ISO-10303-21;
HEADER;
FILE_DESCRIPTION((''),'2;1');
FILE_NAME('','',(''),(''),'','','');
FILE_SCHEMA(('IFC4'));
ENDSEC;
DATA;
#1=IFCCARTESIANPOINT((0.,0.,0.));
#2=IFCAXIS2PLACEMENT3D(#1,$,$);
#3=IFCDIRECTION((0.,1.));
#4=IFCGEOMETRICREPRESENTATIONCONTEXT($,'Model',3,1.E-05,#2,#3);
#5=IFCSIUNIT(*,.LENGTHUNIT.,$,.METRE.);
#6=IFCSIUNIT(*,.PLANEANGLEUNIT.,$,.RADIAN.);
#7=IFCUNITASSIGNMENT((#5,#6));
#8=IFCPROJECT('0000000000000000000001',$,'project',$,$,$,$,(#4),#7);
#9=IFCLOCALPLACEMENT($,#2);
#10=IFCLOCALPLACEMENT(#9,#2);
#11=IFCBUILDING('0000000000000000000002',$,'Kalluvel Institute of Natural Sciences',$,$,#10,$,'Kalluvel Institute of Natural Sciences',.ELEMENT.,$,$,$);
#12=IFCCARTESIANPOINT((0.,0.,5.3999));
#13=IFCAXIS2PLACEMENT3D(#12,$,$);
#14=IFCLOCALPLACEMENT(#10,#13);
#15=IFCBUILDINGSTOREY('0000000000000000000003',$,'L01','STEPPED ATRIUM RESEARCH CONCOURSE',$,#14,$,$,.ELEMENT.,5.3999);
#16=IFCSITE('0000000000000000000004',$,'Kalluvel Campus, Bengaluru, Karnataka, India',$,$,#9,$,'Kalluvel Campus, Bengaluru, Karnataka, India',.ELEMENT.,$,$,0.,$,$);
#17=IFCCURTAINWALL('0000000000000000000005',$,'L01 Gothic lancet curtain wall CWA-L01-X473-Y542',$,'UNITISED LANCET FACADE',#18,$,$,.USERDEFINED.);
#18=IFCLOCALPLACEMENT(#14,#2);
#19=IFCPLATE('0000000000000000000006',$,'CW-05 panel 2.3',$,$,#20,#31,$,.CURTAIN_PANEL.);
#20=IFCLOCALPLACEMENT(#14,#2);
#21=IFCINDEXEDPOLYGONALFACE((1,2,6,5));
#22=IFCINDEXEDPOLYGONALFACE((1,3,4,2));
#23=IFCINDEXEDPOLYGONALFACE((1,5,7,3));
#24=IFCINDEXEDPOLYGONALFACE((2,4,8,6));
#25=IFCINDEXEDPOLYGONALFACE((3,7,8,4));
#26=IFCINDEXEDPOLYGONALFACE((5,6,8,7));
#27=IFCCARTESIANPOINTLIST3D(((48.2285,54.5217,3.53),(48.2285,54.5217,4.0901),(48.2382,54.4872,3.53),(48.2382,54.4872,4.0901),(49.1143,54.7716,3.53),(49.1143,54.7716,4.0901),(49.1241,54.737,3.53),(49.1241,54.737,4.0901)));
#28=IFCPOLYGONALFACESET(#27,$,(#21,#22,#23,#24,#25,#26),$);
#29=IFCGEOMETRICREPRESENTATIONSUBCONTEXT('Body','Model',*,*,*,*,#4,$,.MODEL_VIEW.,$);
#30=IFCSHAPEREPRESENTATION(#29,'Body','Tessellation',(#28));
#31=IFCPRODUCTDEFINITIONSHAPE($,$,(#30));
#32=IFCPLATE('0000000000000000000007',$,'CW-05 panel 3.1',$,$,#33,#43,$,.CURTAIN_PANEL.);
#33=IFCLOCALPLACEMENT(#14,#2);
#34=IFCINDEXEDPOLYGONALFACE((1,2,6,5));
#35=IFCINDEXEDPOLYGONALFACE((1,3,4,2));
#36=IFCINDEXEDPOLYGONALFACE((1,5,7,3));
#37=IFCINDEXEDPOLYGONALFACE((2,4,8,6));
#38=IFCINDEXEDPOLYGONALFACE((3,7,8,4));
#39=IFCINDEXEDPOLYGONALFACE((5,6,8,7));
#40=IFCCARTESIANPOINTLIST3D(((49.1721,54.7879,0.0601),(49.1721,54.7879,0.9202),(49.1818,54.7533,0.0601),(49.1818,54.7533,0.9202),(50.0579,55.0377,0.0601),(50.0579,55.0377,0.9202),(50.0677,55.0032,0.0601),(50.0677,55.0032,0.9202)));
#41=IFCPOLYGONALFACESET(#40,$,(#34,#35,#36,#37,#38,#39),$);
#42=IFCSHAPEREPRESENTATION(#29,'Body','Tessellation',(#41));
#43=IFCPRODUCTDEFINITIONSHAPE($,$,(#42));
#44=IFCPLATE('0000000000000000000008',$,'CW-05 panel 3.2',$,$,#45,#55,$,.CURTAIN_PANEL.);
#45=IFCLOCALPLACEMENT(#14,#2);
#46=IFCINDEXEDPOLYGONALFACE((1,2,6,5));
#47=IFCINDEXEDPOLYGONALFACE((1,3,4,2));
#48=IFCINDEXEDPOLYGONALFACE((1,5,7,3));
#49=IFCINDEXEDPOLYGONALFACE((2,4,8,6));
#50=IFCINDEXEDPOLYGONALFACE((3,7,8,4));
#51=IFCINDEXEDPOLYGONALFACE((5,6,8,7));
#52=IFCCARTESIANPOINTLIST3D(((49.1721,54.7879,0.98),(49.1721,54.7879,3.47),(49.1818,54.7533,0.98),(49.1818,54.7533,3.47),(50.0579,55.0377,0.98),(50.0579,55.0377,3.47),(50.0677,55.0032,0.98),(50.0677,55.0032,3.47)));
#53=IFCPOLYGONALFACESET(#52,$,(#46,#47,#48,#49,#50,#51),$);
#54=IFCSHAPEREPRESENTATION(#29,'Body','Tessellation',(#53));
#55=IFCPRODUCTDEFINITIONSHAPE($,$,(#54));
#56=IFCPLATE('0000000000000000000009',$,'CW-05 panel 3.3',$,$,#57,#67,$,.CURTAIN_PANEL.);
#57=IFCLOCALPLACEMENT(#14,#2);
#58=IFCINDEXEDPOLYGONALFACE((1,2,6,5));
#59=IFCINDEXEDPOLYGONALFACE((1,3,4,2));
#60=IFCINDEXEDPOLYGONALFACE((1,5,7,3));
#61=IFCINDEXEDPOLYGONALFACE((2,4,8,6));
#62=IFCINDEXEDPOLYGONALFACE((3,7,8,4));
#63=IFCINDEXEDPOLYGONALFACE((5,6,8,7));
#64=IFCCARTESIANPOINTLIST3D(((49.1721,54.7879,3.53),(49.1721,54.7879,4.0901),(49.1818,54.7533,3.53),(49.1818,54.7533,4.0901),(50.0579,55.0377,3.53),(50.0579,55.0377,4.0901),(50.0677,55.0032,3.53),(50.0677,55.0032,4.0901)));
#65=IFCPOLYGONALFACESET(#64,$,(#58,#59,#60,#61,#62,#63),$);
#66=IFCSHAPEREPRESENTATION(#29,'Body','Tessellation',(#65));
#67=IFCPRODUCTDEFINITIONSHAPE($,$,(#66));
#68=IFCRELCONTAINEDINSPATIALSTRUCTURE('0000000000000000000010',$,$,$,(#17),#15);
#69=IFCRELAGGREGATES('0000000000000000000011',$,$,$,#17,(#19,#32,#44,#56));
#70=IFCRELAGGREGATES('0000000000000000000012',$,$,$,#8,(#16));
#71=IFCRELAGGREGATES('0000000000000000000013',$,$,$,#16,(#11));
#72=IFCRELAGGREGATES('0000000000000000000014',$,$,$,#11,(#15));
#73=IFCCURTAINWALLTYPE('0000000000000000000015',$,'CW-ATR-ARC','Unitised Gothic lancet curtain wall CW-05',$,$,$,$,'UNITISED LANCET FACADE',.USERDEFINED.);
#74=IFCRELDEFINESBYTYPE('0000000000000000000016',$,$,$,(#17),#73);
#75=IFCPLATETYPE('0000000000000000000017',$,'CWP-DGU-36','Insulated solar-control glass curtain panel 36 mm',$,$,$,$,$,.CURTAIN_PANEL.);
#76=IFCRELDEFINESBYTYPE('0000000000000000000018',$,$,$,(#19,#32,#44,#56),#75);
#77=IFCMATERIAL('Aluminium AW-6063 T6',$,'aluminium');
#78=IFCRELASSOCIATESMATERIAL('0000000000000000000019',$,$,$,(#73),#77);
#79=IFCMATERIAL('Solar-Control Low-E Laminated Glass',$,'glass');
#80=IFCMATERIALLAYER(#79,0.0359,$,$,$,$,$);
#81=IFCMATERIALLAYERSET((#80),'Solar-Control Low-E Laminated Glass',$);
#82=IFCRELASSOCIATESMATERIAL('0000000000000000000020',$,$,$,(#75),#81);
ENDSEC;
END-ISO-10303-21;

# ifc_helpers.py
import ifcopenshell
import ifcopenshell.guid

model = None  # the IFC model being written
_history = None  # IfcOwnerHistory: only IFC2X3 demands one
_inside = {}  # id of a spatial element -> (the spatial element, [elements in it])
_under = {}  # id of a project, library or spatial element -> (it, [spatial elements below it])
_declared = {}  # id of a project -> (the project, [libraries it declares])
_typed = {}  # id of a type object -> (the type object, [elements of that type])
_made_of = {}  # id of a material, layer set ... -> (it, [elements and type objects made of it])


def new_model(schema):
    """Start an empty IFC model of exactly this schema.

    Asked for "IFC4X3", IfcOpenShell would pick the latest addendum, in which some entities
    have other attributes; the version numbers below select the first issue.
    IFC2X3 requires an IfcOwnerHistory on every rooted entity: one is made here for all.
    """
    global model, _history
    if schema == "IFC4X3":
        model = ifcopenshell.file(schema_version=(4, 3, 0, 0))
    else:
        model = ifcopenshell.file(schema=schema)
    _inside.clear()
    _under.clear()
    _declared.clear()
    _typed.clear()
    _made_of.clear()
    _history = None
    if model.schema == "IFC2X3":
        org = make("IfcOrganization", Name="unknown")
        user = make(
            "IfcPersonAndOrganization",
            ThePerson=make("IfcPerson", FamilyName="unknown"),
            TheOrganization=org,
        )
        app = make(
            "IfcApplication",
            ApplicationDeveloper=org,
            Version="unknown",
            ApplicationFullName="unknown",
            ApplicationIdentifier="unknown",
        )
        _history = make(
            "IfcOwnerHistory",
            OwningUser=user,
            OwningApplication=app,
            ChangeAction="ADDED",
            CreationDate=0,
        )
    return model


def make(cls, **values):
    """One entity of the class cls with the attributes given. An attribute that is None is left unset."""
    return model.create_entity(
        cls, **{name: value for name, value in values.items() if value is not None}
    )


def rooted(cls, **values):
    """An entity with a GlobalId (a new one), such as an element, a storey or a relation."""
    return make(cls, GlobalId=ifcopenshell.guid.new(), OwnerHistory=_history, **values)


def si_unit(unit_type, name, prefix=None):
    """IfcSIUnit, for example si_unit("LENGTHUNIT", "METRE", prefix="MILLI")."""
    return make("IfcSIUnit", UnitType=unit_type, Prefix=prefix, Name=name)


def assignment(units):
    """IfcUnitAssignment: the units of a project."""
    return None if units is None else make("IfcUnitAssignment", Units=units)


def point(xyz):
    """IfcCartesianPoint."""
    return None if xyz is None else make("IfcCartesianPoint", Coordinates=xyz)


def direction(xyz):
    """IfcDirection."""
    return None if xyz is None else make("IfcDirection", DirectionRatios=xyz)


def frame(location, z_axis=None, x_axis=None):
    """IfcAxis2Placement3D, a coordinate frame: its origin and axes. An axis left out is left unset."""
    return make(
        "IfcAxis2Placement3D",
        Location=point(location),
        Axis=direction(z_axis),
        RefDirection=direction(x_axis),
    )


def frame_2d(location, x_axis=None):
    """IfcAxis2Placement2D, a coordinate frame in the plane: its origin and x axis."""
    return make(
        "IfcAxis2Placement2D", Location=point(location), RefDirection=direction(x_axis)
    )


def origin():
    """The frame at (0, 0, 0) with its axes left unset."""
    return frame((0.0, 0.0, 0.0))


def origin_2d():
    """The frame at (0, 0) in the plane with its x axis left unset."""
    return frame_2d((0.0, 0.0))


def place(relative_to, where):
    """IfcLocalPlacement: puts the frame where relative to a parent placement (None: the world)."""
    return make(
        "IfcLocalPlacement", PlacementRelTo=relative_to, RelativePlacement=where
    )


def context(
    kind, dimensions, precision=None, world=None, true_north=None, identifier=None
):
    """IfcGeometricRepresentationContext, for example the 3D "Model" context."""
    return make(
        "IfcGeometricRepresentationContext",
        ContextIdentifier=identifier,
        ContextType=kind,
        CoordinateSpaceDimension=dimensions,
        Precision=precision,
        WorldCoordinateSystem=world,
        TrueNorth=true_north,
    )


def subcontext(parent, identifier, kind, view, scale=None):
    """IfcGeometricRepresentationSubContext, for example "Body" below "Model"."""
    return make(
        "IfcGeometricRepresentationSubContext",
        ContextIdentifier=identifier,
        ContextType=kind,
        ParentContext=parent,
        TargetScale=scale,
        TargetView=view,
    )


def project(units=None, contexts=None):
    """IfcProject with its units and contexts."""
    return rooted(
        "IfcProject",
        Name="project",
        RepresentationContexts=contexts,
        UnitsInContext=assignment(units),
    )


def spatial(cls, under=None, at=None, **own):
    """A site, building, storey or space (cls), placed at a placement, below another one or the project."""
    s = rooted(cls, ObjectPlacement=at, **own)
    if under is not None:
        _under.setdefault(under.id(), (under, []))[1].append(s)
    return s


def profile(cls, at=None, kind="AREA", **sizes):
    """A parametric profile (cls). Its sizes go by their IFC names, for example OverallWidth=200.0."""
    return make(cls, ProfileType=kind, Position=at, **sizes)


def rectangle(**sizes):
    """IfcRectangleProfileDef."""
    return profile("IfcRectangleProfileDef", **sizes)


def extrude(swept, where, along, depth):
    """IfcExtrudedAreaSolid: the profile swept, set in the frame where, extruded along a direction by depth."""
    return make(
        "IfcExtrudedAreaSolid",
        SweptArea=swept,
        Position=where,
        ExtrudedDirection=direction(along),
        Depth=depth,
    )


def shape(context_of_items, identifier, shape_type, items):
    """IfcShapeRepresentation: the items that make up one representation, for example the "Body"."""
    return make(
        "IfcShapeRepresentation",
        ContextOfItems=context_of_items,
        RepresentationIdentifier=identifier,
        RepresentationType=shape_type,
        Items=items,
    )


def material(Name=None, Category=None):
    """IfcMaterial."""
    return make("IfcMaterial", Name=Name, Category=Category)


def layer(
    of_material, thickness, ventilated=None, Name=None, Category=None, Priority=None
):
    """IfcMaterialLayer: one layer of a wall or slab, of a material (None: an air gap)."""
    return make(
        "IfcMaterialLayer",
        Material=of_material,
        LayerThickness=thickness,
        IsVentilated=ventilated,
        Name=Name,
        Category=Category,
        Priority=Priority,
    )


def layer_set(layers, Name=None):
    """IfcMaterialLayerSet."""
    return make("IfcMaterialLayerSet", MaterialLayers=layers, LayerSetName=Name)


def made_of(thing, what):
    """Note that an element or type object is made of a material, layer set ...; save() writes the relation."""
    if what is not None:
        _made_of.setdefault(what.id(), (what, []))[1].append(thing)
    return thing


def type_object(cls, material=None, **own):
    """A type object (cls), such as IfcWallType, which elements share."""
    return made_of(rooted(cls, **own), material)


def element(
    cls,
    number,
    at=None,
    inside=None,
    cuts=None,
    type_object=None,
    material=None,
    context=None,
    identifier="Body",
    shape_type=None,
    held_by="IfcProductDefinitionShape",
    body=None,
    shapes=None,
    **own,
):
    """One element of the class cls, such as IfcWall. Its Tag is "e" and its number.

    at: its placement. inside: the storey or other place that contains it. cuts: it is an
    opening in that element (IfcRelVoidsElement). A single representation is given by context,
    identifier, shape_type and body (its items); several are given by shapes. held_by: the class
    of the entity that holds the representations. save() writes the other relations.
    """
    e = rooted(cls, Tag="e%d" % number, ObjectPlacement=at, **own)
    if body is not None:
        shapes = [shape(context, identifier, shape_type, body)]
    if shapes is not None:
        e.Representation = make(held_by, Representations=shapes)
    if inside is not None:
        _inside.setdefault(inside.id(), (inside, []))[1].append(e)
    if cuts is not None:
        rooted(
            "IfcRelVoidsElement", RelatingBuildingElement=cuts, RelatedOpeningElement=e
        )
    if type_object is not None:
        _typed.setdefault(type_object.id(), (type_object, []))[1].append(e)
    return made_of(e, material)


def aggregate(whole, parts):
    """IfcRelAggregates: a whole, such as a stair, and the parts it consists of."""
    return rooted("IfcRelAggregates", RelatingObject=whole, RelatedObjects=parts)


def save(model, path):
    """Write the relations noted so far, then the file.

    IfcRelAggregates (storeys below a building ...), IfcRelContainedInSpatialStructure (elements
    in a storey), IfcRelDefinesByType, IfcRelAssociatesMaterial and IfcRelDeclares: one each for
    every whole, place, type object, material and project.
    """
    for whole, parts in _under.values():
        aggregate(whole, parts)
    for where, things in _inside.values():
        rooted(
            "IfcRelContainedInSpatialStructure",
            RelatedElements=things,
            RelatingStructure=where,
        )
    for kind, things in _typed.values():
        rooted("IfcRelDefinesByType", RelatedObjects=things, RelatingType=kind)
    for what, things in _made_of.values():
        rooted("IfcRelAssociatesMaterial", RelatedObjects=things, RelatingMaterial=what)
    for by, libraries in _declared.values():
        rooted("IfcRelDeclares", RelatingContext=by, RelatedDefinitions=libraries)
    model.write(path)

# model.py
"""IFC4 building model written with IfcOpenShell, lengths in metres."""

from ifc_helpers import new_model, si_unit, direction, frame, origin, origin_2d, place, context, subcontext, project, spatial, rectangle, extrude, material, layer, layer_set, type_object, element, aggregate, save


model = new_model("IFC4")

# Units and contexts
model_context = context("Model", 3, precision=1e-05, world=origin(), true_north=direction((0.0, 1.0)))
body_context = subcontext(model_context, "Body", "Model", "MODEL_VIEW")
ifc_project = project(units=[si_unit("LENGTHUNIT", "METRE"), si_unit("PLANEANGLEUNIT", "RADIAN")], contexts=[model_context])

# Site, building, storey
site_placement = place(None, origin())
site = spatial("IfcSite", under=ifc_project, at=site_placement, Name="Kalluvel Campus, Bengaluru, Karnataka, India", LongName="Kalluvel Campus, Bengaluru, Karnataka, India", CompositionType="ELEMENT", RefElevation=0.0)
building_placement = place(site_placement, origin())
building = spatial("IfcBuilding", under=site, at=building_placement, Name="Kalluvel Institute of Natural Sciences", LongName="Kalluvel Institute of Natural Sciences", CompositionType="ELEMENT")
storey_placement = place(building_placement, frame((0.0, 0.0, 5.3999)))
storey = spatial("IfcBuildingStorey", under=building, at=storey_placement, Name="L01", Description="STEPPED ATRIUM RESEARCH CONCOURSE", CompositionType="ELEMENT", Elevation=5.3999)

# Curtain wall, plates
ifc_material_1 = material(Name="Aluminium AW-6063 T6", Category="aluminium")
curtain_wall_type = type_object("IfcCurtainWallType", Name="CW-ATR-ARC", Description="Unitised Gothic lancet curtain wall CW-05", ElementType="UNITISED LANCET FACADE", PredefinedType="USERDEFINED", material=ifc_material_1)
curtain_wall_placement = place(storey_placement, origin())
curtain_wall = element("IfcCurtainWall", 1, at=curtain_wall_placement, inside=storey, type_object=curtain_wall_type, Name="L01 Gothic lancet curtain wall CWA-L01-X473-Y542", ObjectType="UNITISED LANCET FACADE", PredefinedType="USERDEFINED")
ifc_material_2 = material(Name="Solar-Control Low-E Laminated Glass", Category="glass")
ifc_layer = layer(ifc_material_2, 0.0359)
ifc_layer_set = layer_set([ifc_layer], Name="Solar-Control Low-E Laminated Glass")
plate_type = type_object("IfcPlateType", Name="CWP-DGU-36", Description="Insulated solar-control glass curtain panel 36 mm", PredefinedType="CURTAIN_PANEL", material=ifc_layer_set)
plate_1_placement = place(storey_placement, frame((48.6763, 54.6294, 3.53), z_axis=(0.0, 0.0, 1.0), x_axis=(0.962455, 0.27144, 0.0)))
plate_1 = element("IfcPlate", 2, at=plate_1_placement, type_object=plate_type, Name="CW-05 panel 2.3", PredefinedType="CURTAIN_PANEL", context=body_context, shape_type="SweptSolid", body=[
    extrude(rectangle(XDim=0.9204, YDim=0.0359, at=origin_2d()), origin(), (0.0, 0.0, 1.0), 0.5601),
])
plate_2_placement = place(storey_placement, frame((49.6199, 54.8955, 0.0601), z_axis=(0.0, 0.0, 1.0), x_axis=(0.962455, 0.27144, 0.0)))
plate_2 = element("IfcPlate", 3, at=plate_2_placement, type_object=plate_type, Name="CW-05 panel 3.1", PredefinedType="CURTAIN_PANEL", context=body_context, shape_type="SweptSolid", body=[
    extrude(rectangle(XDim=0.9204, YDim=0.0359, at=origin_2d()), origin(), (0.0, 0.0, 1.0), 0.8601),
])
plate_3_placement = place(storey_placement, frame((49.6199, 54.8955, 0.98), z_axis=(0.0, 0.0, 1.0), x_axis=(0.962455, 0.27144, 0.0)))
plate_3 = element("IfcPlate", 4, at=plate_3_placement, type_object=plate_type, Name="CW-05 panel 3.2", PredefinedType="CURTAIN_PANEL", context=body_context, shape_type="SweptSolid", body=[
    extrude(rectangle(XDim=0.9204, YDim=0.0359, at=origin_2d()), origin(), (0.0, 0.0, 1.0), 2.49),
])
plate_4_placement = place(storey_placement, frame((49.6199, 54.8955, 3.53), z_axis=(0.0, 0.0, 1.0), x_axis=(0.962455, 0.27144, 0.0)))
plate_4 = element("IfcPlate", 5, at=plate_4_placement, type_object=plate_type, Name="CW-05 panel 3.3", PredefinedType="CURTAIN_PANEL", context=body_context, shape_type="SweptSolid", body=[
    extrude(rectangle(XDim=0.9204, YDim=0.0359, at=origin_2d()), origin(), (0.0, 0.0, 1.0), 0.5601),
])
aggregate(curtain_wall, [plate_1, plate_2, plate_3, plate_4])

save(model, "model.ifc")
